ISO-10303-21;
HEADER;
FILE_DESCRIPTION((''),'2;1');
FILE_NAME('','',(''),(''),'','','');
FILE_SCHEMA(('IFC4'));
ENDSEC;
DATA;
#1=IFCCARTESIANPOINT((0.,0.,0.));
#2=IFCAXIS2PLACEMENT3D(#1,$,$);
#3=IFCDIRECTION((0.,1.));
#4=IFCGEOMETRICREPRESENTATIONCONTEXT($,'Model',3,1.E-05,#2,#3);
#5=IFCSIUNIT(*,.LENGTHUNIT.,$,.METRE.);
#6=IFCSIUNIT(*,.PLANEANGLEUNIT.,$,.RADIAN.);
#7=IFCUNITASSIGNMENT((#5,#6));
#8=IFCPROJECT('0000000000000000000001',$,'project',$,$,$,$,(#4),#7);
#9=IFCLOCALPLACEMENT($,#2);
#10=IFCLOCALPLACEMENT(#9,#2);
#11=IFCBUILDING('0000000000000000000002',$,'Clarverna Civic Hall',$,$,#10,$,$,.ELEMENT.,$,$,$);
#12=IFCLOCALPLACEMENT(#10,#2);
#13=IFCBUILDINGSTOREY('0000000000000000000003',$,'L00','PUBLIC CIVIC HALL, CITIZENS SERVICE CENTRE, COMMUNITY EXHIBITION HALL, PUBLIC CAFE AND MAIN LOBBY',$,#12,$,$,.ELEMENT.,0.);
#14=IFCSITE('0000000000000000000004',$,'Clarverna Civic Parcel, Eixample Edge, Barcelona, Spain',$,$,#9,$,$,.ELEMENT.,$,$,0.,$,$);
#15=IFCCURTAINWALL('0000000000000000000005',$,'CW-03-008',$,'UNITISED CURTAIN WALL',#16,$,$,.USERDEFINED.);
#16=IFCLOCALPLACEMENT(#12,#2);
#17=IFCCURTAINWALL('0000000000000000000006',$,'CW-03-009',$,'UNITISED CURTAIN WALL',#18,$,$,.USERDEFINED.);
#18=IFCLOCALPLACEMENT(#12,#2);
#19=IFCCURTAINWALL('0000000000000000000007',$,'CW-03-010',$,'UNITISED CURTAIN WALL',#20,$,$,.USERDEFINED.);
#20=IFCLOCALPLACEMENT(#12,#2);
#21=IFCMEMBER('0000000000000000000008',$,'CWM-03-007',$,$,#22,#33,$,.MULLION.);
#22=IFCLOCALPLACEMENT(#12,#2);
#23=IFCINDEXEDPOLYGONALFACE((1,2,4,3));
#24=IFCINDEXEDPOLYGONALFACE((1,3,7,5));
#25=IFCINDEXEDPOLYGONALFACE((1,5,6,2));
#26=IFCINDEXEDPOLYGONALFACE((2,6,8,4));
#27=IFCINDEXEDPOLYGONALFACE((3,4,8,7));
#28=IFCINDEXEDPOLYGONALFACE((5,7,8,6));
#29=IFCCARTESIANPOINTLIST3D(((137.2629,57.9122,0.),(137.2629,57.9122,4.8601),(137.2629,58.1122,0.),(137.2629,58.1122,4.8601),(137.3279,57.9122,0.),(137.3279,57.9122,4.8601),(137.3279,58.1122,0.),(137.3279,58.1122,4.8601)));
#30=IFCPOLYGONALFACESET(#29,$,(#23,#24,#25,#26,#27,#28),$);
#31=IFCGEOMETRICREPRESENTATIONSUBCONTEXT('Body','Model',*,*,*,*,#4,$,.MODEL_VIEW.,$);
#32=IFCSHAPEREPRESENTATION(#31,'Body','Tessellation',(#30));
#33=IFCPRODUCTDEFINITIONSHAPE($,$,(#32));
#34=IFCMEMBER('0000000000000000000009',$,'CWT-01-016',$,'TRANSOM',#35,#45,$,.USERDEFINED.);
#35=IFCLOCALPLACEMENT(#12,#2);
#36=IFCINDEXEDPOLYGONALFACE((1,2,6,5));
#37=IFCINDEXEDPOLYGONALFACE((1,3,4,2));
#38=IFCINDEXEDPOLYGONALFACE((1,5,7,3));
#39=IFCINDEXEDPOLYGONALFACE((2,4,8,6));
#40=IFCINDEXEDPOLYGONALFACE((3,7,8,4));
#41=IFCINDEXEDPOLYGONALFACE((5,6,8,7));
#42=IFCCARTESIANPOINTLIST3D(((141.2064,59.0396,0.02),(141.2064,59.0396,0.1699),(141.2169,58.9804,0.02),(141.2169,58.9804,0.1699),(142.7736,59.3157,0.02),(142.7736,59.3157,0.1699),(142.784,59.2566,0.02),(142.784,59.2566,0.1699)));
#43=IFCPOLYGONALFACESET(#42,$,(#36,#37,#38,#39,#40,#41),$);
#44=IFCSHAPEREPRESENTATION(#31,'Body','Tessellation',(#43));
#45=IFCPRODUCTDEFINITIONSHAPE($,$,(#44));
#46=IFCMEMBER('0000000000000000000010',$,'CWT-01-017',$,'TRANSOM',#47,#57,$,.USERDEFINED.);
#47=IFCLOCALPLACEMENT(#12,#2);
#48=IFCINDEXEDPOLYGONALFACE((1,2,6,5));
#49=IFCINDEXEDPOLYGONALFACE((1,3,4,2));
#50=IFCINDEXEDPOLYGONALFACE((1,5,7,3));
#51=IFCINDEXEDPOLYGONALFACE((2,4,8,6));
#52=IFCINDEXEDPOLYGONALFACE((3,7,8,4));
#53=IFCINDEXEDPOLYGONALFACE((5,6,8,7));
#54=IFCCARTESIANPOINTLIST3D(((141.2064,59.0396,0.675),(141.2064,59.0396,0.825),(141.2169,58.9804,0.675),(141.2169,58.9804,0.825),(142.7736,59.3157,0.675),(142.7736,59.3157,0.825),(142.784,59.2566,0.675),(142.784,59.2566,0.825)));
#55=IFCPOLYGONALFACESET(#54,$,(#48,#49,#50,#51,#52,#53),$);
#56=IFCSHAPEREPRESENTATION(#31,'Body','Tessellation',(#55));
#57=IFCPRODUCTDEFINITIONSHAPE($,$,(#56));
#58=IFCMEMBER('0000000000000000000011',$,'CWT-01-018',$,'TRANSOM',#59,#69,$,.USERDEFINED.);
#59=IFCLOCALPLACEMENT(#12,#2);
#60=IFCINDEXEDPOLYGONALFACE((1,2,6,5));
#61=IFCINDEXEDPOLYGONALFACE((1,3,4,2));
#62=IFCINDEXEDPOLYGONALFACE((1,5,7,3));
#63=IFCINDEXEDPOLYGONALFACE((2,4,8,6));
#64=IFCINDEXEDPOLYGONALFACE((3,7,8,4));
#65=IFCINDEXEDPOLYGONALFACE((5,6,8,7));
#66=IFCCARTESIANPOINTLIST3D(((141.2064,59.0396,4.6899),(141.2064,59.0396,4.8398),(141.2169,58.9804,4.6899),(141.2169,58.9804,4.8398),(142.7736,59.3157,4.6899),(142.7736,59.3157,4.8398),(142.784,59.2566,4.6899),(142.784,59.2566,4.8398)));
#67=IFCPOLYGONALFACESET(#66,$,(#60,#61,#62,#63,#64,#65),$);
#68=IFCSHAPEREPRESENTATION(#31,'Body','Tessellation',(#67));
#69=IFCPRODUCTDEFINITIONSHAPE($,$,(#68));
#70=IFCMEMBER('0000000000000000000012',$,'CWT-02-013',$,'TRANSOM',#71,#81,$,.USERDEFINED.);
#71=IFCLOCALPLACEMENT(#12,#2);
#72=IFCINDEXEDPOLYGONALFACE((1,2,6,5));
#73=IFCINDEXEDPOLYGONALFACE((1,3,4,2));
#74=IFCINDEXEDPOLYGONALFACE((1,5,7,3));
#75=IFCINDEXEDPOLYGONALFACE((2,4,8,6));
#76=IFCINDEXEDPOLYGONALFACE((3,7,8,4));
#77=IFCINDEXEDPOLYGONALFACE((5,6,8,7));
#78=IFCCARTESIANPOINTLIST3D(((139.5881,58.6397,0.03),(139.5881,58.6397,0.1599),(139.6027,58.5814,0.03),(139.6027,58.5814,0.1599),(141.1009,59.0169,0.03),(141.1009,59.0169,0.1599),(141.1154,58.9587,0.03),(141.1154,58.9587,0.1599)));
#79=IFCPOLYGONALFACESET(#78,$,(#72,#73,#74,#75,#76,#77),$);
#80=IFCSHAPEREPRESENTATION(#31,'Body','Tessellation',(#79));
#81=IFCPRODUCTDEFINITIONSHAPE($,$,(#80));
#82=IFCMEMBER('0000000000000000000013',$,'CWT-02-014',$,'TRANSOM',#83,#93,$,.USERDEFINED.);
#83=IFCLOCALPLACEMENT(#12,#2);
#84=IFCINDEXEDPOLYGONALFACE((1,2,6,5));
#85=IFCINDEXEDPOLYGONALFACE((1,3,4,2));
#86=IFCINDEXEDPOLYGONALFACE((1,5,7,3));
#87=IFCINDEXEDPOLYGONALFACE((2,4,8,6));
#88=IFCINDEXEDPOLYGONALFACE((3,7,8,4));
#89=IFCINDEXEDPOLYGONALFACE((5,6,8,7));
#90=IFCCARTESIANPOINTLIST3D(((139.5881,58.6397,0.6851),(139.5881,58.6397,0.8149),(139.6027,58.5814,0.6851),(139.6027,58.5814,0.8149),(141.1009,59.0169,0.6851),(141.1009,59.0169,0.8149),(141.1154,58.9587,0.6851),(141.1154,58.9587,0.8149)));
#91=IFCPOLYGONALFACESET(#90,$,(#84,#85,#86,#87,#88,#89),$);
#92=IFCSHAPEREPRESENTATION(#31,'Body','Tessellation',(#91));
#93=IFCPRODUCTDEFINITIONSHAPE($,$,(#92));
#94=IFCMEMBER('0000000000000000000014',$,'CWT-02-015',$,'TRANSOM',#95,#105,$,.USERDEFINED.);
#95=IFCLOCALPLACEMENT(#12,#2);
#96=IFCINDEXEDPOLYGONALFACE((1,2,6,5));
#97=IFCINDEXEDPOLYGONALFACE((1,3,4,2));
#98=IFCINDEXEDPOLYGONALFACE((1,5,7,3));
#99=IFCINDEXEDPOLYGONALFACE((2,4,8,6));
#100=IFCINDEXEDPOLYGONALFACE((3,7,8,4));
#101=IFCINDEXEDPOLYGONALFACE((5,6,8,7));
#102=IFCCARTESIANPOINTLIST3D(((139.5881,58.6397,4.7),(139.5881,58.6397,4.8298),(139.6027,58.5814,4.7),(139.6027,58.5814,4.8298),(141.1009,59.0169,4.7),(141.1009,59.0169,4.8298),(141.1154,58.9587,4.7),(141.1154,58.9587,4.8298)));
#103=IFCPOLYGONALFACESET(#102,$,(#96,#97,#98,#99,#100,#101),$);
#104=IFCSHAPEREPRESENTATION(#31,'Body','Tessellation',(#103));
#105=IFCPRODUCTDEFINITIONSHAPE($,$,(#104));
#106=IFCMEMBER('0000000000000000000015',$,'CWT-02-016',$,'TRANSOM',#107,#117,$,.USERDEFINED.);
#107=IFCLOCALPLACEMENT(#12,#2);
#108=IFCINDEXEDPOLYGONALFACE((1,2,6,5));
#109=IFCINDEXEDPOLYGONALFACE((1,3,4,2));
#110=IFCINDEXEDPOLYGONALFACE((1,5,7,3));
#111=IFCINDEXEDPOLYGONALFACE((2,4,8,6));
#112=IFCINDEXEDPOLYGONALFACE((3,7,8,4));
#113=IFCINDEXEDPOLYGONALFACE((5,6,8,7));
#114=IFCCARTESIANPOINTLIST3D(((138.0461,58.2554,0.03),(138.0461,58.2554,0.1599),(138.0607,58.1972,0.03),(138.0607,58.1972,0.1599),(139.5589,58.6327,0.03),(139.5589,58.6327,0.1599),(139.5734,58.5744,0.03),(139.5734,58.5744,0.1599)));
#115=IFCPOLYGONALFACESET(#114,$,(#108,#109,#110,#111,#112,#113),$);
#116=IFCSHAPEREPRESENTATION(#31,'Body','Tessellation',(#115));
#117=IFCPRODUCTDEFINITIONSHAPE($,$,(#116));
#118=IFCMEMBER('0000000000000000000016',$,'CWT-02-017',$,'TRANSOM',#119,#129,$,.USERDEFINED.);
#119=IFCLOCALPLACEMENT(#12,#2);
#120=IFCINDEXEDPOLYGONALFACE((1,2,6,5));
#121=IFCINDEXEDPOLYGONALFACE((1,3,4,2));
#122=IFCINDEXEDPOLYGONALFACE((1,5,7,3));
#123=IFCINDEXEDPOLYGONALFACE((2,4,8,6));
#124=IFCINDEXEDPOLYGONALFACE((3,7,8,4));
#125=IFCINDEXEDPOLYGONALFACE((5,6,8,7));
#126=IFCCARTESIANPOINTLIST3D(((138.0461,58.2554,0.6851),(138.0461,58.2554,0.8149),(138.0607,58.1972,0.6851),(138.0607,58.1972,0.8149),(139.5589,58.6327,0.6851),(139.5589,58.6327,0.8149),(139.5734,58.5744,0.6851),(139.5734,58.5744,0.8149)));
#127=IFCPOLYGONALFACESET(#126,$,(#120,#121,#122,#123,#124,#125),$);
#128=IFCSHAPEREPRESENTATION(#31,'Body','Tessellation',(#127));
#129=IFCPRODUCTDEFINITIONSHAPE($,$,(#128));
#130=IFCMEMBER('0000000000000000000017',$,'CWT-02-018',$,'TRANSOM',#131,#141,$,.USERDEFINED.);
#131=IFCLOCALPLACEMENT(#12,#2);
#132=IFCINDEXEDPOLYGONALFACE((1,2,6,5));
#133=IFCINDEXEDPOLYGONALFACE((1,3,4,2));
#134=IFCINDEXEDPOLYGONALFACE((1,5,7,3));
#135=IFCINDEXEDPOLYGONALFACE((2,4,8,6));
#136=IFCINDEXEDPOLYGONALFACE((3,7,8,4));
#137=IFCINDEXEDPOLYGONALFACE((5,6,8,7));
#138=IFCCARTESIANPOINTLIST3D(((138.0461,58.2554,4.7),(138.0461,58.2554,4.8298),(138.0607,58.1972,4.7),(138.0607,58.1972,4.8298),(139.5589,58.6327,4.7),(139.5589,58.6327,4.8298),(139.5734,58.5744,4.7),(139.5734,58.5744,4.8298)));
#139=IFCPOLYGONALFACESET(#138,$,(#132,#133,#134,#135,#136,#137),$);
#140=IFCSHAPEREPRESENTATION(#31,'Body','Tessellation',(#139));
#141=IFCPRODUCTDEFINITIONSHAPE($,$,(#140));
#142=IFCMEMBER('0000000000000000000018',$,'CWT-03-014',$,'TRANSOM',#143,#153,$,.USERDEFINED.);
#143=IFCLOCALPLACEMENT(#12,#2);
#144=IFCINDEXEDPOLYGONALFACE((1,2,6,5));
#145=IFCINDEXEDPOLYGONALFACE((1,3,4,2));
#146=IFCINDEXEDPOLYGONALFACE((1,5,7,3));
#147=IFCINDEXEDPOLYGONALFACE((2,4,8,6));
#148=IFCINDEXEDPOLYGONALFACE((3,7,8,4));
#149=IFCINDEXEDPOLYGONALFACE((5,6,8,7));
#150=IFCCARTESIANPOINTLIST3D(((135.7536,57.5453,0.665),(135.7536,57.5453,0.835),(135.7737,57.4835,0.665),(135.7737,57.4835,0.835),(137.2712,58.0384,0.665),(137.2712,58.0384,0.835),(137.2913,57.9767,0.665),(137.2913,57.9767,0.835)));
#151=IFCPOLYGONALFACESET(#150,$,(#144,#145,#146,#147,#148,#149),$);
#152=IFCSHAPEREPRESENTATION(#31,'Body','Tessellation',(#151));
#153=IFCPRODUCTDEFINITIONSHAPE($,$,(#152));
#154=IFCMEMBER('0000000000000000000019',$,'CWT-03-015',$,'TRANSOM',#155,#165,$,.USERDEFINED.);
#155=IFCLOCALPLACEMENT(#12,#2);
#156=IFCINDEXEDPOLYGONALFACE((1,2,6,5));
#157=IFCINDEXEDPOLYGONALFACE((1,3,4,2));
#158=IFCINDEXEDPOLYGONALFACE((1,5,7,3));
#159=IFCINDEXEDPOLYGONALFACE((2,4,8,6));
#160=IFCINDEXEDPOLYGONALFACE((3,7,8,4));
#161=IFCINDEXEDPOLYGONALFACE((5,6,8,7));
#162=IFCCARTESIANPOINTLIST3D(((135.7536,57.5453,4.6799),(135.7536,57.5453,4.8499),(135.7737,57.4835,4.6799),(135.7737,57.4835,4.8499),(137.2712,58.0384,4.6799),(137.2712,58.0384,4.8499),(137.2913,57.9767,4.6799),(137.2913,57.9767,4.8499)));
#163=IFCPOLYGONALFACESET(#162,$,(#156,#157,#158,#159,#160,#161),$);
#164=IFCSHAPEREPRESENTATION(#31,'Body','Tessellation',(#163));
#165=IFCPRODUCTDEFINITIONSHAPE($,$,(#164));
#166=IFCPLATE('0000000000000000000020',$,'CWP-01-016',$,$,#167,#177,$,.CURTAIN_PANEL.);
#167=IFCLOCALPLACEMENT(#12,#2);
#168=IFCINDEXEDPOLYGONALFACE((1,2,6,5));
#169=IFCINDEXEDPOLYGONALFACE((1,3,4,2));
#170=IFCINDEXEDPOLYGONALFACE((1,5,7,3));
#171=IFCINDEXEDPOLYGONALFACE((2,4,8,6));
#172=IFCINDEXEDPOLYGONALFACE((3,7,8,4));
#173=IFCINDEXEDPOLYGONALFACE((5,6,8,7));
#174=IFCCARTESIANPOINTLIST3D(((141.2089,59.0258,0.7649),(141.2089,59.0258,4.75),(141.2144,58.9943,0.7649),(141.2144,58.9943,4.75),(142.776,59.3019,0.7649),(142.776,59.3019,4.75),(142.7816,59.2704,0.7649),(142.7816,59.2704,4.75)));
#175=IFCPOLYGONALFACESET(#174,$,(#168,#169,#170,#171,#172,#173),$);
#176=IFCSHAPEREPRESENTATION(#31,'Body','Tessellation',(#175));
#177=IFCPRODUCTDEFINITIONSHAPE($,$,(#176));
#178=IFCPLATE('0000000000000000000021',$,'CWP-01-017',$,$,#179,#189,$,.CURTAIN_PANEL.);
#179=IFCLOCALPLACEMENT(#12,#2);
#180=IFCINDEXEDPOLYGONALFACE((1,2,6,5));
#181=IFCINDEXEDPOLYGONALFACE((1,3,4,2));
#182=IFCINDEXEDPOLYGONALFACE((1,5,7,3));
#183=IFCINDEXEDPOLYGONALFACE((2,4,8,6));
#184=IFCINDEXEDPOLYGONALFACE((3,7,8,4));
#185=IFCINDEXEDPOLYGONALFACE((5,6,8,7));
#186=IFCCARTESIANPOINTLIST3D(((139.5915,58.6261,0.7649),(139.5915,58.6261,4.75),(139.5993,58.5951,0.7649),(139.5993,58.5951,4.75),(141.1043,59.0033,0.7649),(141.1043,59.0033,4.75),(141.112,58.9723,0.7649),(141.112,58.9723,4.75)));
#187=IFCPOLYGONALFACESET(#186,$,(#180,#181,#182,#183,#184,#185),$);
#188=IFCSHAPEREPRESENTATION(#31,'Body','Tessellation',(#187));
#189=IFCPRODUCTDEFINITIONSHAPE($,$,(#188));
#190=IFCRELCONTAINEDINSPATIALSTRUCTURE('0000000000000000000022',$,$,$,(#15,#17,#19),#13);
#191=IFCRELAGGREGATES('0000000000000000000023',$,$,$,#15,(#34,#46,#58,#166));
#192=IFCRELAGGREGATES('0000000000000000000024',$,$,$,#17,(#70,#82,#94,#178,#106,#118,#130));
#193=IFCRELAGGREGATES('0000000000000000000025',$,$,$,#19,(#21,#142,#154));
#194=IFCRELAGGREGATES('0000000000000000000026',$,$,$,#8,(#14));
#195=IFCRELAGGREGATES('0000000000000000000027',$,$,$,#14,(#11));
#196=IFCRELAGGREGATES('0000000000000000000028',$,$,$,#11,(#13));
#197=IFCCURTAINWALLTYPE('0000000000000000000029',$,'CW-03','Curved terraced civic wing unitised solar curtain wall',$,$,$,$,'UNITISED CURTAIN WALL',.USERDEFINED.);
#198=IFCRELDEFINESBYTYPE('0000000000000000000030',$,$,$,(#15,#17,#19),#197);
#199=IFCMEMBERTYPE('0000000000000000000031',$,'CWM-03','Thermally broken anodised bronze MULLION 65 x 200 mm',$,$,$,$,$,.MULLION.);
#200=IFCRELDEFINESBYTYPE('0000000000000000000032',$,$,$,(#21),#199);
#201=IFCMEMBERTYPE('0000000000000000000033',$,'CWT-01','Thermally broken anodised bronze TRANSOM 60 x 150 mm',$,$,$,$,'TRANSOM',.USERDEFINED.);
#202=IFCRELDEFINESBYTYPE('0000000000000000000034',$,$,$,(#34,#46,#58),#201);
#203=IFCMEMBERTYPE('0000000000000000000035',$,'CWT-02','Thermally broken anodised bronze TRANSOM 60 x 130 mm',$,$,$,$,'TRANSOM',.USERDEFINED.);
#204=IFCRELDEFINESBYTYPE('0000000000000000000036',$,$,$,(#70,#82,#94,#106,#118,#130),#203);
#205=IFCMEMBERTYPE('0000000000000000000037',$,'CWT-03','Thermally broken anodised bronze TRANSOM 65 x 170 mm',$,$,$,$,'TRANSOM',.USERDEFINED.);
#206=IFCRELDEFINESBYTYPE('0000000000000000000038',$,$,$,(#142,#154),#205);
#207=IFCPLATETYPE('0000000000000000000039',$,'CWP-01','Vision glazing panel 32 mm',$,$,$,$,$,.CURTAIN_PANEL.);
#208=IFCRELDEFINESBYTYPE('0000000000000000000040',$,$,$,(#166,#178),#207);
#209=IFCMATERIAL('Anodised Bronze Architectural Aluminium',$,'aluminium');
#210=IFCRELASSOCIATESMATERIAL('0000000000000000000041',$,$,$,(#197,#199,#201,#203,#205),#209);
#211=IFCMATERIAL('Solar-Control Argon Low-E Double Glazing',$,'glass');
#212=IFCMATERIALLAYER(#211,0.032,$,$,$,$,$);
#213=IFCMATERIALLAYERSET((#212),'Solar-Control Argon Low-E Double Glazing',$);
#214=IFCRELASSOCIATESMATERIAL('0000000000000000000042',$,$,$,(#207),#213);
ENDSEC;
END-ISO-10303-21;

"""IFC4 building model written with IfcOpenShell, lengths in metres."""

from ifc_helpers import new_model, si_unit, direction, frame, frame_2d, origin, origin_2d, place, context, subcontext, project, spatial, rectangle, extrude, material, layer, layer_set, material_profile, profile_set, type_object, element, aggregate, save


model = new_model("IFC4")

# Units and contexts
model_context = context("Model", 3, precision=1e-05, world=origin(), true_north=direction((0.0, 1.0)))
body_context = subcontext(model_context, "Body", "Model", "MODEL_VIEW")
ifc_project = project(units=[si_unit("LENGTHUNIT", "METRE"), si_unit("PLANEANGLEUNIT", "RADIAN")], contexts=[model_context])

# Site, building, storey
site_placement = place(None, origin())
site = spatial("IfcSite", under=ifc_project, at=site_placement, Name="Clarverna Civic Parcel, Eixample Edge, Barcelona, Spain", CompositionType="ELEMENT", RefElevation=0.0)
building_placement = place(site_placement, origin())
building = spatial("IfcBuilding", under=site, at=building_placement, Name="Clarverna Civic Hall", CompositionType="ELEMENT")
storey_placement = place(building_placement, origin())
storey = spatial("IfcBuildingStorey", under=building, at=storey_placement, Name="L00", Description="PUBLIC CIVIC HALL, CITIZENS SERVICE CENTRE, COMMUNITY EXHIBITION HALL, PUBLIC CAFE AND MAIN LOBBY", CompositionType="ELEMENT", Elevation=0.0)

# Curtain walls
ifc_material_1 = material(Name="Anodised Bronze Architectural Aluminium", Category="aluminium")
curtain_wall_type = type_object("IfcCurtainWallType", Name="CW-03", Description="Curved terraced civic wing unitised solar curtain wall", ElementType="UNITISED CURTAIN WALL", PredefinedType="USERDEFINED", material=ifc_material_1)
curtain_wall_1_placement = place(storey_placement, origin())
curtain_wall_1 = element("IfcCurtainWall", 1, at=curtain_wall_1_placement, inside=storey, type_object=curtain_wall_type, Name="CW-03-008", ObjectType="UNITISED CURTAIN WALL", PredefinedType="USERDEFINED")
curtain_wall_2_placement = place(storey_placement, origin())
curtain_wall_2 = element("IfcCurtainWall", 2, at=curtain_wall_2_placement, inside=storey, type_object=curtain_wall_type, Name="CW-03-009", ObjectType="UNITISED CURTAIN WALL", PredefinedType="USERDEFINED")

# Curtain wall, member
curtain_wall_3_placement = place(storey_placement, origin())
curtain_wall_3 = element("IfcCurtainWall", 3, at=curtain_wall_3_placement, inside=storey, type_object=curtain_wall_type, Name="CW-03-010", ObjectType="UNITISED CURTAIN WALL", PredefinedType="USERDEFINED")
ifc_material_profile_1 = material_profile(ifc_material_1, rectangle(XDim=0.0649, YDim=0.2, at=origin_2d()), Name="BRONZE 65x200")
ifc_profile_set_1 = profile_set([ifc_material_profile_1], Name="Anodised Bronze Architectural Aluminium")
member_type_1 = type_object("IfcMemberType", Name="CWM-03", Description="Thermally broken anodised bronze MULLION 65 x 200 mm", PredefinedType="MULLION", material=ifc_profile_set_1)
member_1_placement = place(storey_placement, frame((137.2954, 58.0122, 0.0), z_axis=(0.0, 0.0, 1.0), x_axis=(1.0, 0.0, 0.0)))
member_1 = element("IfcMember", 4, at=member_1_placement, type_object=member_type_1, Name="CWM-03-007", PredefinedType="MULLION", context=body_context, shape_type="SweptSolid", body=[
    extrude(rectangle(XDim=0.0649, YDim=0.2, at=origin_2d()), origin(), (0.0, 0.0, 1.0), 4.8601),
])

# Members
ifc_material_profile_2 = material_profile(ifc_material_1, rectangle(XDim=0.0601, YDim=0.1499, at=origin_2d()), Name="BRONZE 60x150")
ifc_profile_set_2 = profile_set([ifc_material_profile_2], Name="Anodised Bronze Architectural Aluminium")
member_type_2 = type_object("IfcMemberType", Name="CWT-01", Description="Thermally broken anodised bronze TRANSOM 60 x 150 mm", ElementType="TRANSOM", PredefinedType="USERDEFINED", material=ifc_profile_set_2)
member_2_placement = place(storey_placement, frame((142.7788, 59.2861, 0.095), z_axis=(-0.98483, -0.173523, 0.0), x_axis=(0.173523, -0.98483, 0.0)))
member_2 = element("IfcMember", 5, at=member_2_placement, type_object=member_type_2, Name="CWT-01-016", ObjectType="TRANSOM", PredefinedType="USERDEFINED", context=body_context, shape_type="SweptSolid", body=[
    extrude(rectangle(XDim=0.0601, YDim=0.1499, at=origin_2d()), origin(), (0.0, 0.0, 1.0), 1.5913),
])
member_3_placement = place(storey_placement, frame((142.7788, 59.2861, 0.75), z_axis=(-0.98483, -0.173523, 0.0), x_axis=(0.173523, -0.98483, 0.0)))
member_3 = element("IfcMember", 6, at=member_3_placement, type_object=member_type_2, Name="CWT-01-017", ObjectType="TRANSOM", PredefinedType="USERDEFINED", context=body_context, shape_type="SweptSolid", body=[
    extrude(rectangle(XDim=0.0601, YDim=0.1499, at=origin_2d()), origin(), (0.0, 0.0, 1.0), 1.5913),
])
member_4_placement = place(storey_placement, frame((142.7788, 59.2861, 4.7649), z_axis=(-0.98483, -0.173523, 0.0), x_axis=(0.173523, -0.98483, 0.0)))
member_4 = element("IfcMember", 7, at=member_4_placement, type_object=member_type_2, Name="CWT-01-018", ObjectType="TRANSOM", PredefinedType="USERDEFINED", context=body_context, shape_type="SweptSolid", body=[
    extrude(rectangle(XDim=0.0601, YDim=0.1499, at=origin_2d()), origin(), (0.0, 0.0, 1.0), 1.5913),
])
ifc_material_profile_3 = material_profile(ifc_material_1, rectangle(XDim=0.0601, YDim=0.1299, at=origin_2d()), Name="BRONZE 60x130")
ifc_profile_set_3 = profile_set([ifc_material_profile_3], Name="Anodised Bronze Architectural Aluminium")
member_type_3 = type_object("IfcMemberType", Name="CWT-02", Description="Thermally broken anodised bronze TRANSOM 60 x 130 mm", ElementType="TRANSOM", PredefinedType="USERDEFINED", material=ifc_profile_set_3)
member_5_placement = place(storey_placement, frame((141.1082, 58.9878, 0.095), z_axis=(-0.97029, -0.241946, 0.0), x_axis=(0.241946, -0.97029, 0.0)))
member_5 = element("IfcMember", 8, at=member_5_placement, type_object=member_type_3, Name="CWT-02-013", ObjectType="TRANSOM", PredefinedType="USERDEFINED", context=body_context, shape_type="SweptSolid", body=[
    extrude(rectangle(XDim=0.0601, YDim=0.1299, at=origin_2d()), origin(), (0.0, 0.0, 1.0), 1.5591),
])
member_6_placement = place(storey_placement, frame((141.1082, 58.9878, 0.75), z_axis=(-0.97029, -0.241946, 0.0), x_axis=(0.241946, -0.97029, 0.0)))
member_6 = element("IfcMember", 9, at=member_6_placement, type_object=member_type_3, Name="CWT-02-014", ObjectType="TRANSOM", PredefinedType="USERDEFINED", context=body_context, shape_type="SweptSolid", body=[
    extrude(rectangle(XDim=0.0601, YDim=0.1299, at=origin_2d()), origin(), (0.0, 0.0, 1.0), 1.5591),
])
member_7_placement = place(storey_placement, frame((141.1082, 58.9878, 4.7649), z_axis=(-0.97029, -0.241946, 0.0), x_axis=(0.241946, -0.97029, 0.0)))
member_7 = element("IfcMember", 10, at=member_7_placement, type_object=member_type_3, Name="CWT-02-015", ObjectType="TRANSOM", PredefinedType="USERDEFINED", context=body_context, shape_type="SweptSolid", body=[
    extrude(rectangle(XDim=0.0601, YDim=0.1299, at=origin_2d()), origin(), (0.0, 0.0, 1.0), 1.5591),
])
member_8_placement = place(storey_placement, frame((139.5662, 58.6035, 0.095), z_axis=(-0.97029, -0.241946, 0.0), x_axis=(0.241946, -0.97029, 0.0)))
member_8 = element("IfcMember", 11, at=member_8_placement, type_object=member_type_3, Name="CWT-02-016", ObjectType="TRANSOM", PredefinedType="USERDEFINED", context=body_context, shape_type="SweptSolid", body=[
    extrude(rectangle(XDim=0.0601, YDim=0.1299, at=origin_2d()), origin(), (0.0, 0.0, 1.0), 1.5591),
])
member_9_placement = place(storey_placement, frame((139.5662, 58.6035, 0.75), z_axis=(-0.97029, -0.241946, 0.0), x_axis=(0.241946, -0.97029, 0.0)))
member_9 = element("IfcMember", 12, at=member_9_placement, type_object=member_type_3, Name="CWT-02-017", ObjectType="TRANSOM", PredefinedType="USERDEFINED", context=body_context, shape_type="SweptSolid", body=[
    extrude(rectangle(XDim=0.0601, YDim=0.1299, at=origin_2d()), origin(), (0.0, 0.0, 1.0), 1.5591),
])
member_10_placement = place(storey_placement, frame((139.5662, 58.6035, 4.7649), z_axis=(-0.97029, -0.241946, 0.0), x_axis=(0.241946, -0.97029, 0.0)))
member_10 = element("IfcMember", 13, at=member_10_placement, type_object=member_type_3, Name="CWT-02-018", ObjectType="TRANSOM", PredefinedType="USERDEFINED", context=body_context, shape_type="SweptSolid", body=[
    extrude(rectangle(XDim=0.0601, YDim=0.1299, at=origin_2d()), origin(), (0.0, 0.0, 1.0), 1.5591),
])
ifc_material_profile_4 = material_profile(ifc_material_1, rectangle(XDim=0.0649, YDim=0.1699, at=origin_2d()), Name="BRONZE 65x170")
ifc_profile_set_4 = profile_set([ifc_material_profile_4], Name="Anodised Bronze Architectural Aluminium")
member_type_4 = type_object("IfcMemberType", Name="CWT-03", Description="Thermally broken anodised bronze TRANSOM 65 x 170 mm", ElementType="TRANSOM", PredefinedType="USERDEFINED", material=ifc_profile_set_4)
member_11_placement = place(storey_placement, frame((137.2812, 58.0076, 0.75), z_axis=(-0.951043, -0.309058, 0.0), x_axis=(0.309058, -0.951043, 0.0)))
member_11 = element("IfcMember", 14, at=member_11_placement, type_object=member_type_4, Name="CWT-03-014", ObjectType="TRANSOM", PredefinedType="USERDEFINED", context=body_context, shape_type="SweptSolid", body=[
    extrude(rectangle(XDim=0.0649, YDim=0.1699, at=origin_2d()), origin(), (0.0, 0.0, 1.0), 1.5957),
])
member_12_placement = place(storey_placement, frame((137.2812, 58.0076, 4.7649), z_axis=(-0.951043, -0.309058, 0.0), x_axis=(0.309058, -0.951043, 0.0)))
member_12 = element("IfcMember", 15, at=member_12_placement, type_object=member_type_4, Name="CWT-03-015", ObjectType="TRANSOM", PredefinedType="USERDEFINED", context=body_context, shape_type="SweptSolid", body=[
    extrude(rectangle(XDim=0.0649, YDim=0.1699, at=origin_2d()), origin(), (0.0, 0.0, 1.0), 1.5957),
])

# Plates
ifc_material_2 = material(Name="Solar-Control Argon Low-E Double Glazing", Category="glass")
ifc_layer_1 = layer(ifc_material_2, 0.032)
ifc_layer_set_1 = layer_set([ifc_layer_1], Name="Solar-Control Argon Low-E Double Glazing")
plate_type_1 = type_object("IfcPlateType", Name="CWP-01", Description="Vision glazing panel 32 mm", PredefinedType="CURTAIN_PANEL", material=ifc_layer_set_1)
plate_1_placement = place(storey_placement, frame((142.7788, 59.2861, 0.7649), z_axis=(0.0, 0.0, 1.0), x_axis=(-0.98483, -0.173523, 0.0)))
plate_1 = element("IfcPlate", 16, at=plate_1_placement, type_object=plate_type_1, Name="CWP-01-016", PredefinedType="CURTAIN_PANEL", context=body_context, shape_type="SweptSolid", body=[
    extrude(rectangle(XDim=1.5913, YDim=0.032, at=frame_2d((0.7957, 0.0))), origin(), (0.0, 0.0, 1.0), 3.9851),
])
plate_2_placement = place(storey_placement, frame((141.1082, 58.9878, 0.7649), z_axis=(0.0, 0.0, 1.0), x_axis=(-0.97029, -0.241946, 0.0)))
plate_2 = element("IfcPlate", 17, at=plate_2_placement, type_object=plate_type_1, Name="CWP-01-017", PredefinedType="CURTAIN_PANEL", context=body_context, shape_type="SweptSolid", body=[
    extrude(rectangle(XDim=1.5591, YDim=0.032, at=frame_2d((0.7795, 0.0))), origin(), (0.0, 0.0, 1.0), 3.9851),
])
aggregate(curtain_wall_1, [member_2, member_3, member_4, plate_1])
aggregate(curtain_wall_2, [member_5, member_6, member_7, plate_2, member_8, member_9, member_10])
aggregate(curtain_wall_3, [member_1, member_11, member_12])

save(model, "model.ifc")
